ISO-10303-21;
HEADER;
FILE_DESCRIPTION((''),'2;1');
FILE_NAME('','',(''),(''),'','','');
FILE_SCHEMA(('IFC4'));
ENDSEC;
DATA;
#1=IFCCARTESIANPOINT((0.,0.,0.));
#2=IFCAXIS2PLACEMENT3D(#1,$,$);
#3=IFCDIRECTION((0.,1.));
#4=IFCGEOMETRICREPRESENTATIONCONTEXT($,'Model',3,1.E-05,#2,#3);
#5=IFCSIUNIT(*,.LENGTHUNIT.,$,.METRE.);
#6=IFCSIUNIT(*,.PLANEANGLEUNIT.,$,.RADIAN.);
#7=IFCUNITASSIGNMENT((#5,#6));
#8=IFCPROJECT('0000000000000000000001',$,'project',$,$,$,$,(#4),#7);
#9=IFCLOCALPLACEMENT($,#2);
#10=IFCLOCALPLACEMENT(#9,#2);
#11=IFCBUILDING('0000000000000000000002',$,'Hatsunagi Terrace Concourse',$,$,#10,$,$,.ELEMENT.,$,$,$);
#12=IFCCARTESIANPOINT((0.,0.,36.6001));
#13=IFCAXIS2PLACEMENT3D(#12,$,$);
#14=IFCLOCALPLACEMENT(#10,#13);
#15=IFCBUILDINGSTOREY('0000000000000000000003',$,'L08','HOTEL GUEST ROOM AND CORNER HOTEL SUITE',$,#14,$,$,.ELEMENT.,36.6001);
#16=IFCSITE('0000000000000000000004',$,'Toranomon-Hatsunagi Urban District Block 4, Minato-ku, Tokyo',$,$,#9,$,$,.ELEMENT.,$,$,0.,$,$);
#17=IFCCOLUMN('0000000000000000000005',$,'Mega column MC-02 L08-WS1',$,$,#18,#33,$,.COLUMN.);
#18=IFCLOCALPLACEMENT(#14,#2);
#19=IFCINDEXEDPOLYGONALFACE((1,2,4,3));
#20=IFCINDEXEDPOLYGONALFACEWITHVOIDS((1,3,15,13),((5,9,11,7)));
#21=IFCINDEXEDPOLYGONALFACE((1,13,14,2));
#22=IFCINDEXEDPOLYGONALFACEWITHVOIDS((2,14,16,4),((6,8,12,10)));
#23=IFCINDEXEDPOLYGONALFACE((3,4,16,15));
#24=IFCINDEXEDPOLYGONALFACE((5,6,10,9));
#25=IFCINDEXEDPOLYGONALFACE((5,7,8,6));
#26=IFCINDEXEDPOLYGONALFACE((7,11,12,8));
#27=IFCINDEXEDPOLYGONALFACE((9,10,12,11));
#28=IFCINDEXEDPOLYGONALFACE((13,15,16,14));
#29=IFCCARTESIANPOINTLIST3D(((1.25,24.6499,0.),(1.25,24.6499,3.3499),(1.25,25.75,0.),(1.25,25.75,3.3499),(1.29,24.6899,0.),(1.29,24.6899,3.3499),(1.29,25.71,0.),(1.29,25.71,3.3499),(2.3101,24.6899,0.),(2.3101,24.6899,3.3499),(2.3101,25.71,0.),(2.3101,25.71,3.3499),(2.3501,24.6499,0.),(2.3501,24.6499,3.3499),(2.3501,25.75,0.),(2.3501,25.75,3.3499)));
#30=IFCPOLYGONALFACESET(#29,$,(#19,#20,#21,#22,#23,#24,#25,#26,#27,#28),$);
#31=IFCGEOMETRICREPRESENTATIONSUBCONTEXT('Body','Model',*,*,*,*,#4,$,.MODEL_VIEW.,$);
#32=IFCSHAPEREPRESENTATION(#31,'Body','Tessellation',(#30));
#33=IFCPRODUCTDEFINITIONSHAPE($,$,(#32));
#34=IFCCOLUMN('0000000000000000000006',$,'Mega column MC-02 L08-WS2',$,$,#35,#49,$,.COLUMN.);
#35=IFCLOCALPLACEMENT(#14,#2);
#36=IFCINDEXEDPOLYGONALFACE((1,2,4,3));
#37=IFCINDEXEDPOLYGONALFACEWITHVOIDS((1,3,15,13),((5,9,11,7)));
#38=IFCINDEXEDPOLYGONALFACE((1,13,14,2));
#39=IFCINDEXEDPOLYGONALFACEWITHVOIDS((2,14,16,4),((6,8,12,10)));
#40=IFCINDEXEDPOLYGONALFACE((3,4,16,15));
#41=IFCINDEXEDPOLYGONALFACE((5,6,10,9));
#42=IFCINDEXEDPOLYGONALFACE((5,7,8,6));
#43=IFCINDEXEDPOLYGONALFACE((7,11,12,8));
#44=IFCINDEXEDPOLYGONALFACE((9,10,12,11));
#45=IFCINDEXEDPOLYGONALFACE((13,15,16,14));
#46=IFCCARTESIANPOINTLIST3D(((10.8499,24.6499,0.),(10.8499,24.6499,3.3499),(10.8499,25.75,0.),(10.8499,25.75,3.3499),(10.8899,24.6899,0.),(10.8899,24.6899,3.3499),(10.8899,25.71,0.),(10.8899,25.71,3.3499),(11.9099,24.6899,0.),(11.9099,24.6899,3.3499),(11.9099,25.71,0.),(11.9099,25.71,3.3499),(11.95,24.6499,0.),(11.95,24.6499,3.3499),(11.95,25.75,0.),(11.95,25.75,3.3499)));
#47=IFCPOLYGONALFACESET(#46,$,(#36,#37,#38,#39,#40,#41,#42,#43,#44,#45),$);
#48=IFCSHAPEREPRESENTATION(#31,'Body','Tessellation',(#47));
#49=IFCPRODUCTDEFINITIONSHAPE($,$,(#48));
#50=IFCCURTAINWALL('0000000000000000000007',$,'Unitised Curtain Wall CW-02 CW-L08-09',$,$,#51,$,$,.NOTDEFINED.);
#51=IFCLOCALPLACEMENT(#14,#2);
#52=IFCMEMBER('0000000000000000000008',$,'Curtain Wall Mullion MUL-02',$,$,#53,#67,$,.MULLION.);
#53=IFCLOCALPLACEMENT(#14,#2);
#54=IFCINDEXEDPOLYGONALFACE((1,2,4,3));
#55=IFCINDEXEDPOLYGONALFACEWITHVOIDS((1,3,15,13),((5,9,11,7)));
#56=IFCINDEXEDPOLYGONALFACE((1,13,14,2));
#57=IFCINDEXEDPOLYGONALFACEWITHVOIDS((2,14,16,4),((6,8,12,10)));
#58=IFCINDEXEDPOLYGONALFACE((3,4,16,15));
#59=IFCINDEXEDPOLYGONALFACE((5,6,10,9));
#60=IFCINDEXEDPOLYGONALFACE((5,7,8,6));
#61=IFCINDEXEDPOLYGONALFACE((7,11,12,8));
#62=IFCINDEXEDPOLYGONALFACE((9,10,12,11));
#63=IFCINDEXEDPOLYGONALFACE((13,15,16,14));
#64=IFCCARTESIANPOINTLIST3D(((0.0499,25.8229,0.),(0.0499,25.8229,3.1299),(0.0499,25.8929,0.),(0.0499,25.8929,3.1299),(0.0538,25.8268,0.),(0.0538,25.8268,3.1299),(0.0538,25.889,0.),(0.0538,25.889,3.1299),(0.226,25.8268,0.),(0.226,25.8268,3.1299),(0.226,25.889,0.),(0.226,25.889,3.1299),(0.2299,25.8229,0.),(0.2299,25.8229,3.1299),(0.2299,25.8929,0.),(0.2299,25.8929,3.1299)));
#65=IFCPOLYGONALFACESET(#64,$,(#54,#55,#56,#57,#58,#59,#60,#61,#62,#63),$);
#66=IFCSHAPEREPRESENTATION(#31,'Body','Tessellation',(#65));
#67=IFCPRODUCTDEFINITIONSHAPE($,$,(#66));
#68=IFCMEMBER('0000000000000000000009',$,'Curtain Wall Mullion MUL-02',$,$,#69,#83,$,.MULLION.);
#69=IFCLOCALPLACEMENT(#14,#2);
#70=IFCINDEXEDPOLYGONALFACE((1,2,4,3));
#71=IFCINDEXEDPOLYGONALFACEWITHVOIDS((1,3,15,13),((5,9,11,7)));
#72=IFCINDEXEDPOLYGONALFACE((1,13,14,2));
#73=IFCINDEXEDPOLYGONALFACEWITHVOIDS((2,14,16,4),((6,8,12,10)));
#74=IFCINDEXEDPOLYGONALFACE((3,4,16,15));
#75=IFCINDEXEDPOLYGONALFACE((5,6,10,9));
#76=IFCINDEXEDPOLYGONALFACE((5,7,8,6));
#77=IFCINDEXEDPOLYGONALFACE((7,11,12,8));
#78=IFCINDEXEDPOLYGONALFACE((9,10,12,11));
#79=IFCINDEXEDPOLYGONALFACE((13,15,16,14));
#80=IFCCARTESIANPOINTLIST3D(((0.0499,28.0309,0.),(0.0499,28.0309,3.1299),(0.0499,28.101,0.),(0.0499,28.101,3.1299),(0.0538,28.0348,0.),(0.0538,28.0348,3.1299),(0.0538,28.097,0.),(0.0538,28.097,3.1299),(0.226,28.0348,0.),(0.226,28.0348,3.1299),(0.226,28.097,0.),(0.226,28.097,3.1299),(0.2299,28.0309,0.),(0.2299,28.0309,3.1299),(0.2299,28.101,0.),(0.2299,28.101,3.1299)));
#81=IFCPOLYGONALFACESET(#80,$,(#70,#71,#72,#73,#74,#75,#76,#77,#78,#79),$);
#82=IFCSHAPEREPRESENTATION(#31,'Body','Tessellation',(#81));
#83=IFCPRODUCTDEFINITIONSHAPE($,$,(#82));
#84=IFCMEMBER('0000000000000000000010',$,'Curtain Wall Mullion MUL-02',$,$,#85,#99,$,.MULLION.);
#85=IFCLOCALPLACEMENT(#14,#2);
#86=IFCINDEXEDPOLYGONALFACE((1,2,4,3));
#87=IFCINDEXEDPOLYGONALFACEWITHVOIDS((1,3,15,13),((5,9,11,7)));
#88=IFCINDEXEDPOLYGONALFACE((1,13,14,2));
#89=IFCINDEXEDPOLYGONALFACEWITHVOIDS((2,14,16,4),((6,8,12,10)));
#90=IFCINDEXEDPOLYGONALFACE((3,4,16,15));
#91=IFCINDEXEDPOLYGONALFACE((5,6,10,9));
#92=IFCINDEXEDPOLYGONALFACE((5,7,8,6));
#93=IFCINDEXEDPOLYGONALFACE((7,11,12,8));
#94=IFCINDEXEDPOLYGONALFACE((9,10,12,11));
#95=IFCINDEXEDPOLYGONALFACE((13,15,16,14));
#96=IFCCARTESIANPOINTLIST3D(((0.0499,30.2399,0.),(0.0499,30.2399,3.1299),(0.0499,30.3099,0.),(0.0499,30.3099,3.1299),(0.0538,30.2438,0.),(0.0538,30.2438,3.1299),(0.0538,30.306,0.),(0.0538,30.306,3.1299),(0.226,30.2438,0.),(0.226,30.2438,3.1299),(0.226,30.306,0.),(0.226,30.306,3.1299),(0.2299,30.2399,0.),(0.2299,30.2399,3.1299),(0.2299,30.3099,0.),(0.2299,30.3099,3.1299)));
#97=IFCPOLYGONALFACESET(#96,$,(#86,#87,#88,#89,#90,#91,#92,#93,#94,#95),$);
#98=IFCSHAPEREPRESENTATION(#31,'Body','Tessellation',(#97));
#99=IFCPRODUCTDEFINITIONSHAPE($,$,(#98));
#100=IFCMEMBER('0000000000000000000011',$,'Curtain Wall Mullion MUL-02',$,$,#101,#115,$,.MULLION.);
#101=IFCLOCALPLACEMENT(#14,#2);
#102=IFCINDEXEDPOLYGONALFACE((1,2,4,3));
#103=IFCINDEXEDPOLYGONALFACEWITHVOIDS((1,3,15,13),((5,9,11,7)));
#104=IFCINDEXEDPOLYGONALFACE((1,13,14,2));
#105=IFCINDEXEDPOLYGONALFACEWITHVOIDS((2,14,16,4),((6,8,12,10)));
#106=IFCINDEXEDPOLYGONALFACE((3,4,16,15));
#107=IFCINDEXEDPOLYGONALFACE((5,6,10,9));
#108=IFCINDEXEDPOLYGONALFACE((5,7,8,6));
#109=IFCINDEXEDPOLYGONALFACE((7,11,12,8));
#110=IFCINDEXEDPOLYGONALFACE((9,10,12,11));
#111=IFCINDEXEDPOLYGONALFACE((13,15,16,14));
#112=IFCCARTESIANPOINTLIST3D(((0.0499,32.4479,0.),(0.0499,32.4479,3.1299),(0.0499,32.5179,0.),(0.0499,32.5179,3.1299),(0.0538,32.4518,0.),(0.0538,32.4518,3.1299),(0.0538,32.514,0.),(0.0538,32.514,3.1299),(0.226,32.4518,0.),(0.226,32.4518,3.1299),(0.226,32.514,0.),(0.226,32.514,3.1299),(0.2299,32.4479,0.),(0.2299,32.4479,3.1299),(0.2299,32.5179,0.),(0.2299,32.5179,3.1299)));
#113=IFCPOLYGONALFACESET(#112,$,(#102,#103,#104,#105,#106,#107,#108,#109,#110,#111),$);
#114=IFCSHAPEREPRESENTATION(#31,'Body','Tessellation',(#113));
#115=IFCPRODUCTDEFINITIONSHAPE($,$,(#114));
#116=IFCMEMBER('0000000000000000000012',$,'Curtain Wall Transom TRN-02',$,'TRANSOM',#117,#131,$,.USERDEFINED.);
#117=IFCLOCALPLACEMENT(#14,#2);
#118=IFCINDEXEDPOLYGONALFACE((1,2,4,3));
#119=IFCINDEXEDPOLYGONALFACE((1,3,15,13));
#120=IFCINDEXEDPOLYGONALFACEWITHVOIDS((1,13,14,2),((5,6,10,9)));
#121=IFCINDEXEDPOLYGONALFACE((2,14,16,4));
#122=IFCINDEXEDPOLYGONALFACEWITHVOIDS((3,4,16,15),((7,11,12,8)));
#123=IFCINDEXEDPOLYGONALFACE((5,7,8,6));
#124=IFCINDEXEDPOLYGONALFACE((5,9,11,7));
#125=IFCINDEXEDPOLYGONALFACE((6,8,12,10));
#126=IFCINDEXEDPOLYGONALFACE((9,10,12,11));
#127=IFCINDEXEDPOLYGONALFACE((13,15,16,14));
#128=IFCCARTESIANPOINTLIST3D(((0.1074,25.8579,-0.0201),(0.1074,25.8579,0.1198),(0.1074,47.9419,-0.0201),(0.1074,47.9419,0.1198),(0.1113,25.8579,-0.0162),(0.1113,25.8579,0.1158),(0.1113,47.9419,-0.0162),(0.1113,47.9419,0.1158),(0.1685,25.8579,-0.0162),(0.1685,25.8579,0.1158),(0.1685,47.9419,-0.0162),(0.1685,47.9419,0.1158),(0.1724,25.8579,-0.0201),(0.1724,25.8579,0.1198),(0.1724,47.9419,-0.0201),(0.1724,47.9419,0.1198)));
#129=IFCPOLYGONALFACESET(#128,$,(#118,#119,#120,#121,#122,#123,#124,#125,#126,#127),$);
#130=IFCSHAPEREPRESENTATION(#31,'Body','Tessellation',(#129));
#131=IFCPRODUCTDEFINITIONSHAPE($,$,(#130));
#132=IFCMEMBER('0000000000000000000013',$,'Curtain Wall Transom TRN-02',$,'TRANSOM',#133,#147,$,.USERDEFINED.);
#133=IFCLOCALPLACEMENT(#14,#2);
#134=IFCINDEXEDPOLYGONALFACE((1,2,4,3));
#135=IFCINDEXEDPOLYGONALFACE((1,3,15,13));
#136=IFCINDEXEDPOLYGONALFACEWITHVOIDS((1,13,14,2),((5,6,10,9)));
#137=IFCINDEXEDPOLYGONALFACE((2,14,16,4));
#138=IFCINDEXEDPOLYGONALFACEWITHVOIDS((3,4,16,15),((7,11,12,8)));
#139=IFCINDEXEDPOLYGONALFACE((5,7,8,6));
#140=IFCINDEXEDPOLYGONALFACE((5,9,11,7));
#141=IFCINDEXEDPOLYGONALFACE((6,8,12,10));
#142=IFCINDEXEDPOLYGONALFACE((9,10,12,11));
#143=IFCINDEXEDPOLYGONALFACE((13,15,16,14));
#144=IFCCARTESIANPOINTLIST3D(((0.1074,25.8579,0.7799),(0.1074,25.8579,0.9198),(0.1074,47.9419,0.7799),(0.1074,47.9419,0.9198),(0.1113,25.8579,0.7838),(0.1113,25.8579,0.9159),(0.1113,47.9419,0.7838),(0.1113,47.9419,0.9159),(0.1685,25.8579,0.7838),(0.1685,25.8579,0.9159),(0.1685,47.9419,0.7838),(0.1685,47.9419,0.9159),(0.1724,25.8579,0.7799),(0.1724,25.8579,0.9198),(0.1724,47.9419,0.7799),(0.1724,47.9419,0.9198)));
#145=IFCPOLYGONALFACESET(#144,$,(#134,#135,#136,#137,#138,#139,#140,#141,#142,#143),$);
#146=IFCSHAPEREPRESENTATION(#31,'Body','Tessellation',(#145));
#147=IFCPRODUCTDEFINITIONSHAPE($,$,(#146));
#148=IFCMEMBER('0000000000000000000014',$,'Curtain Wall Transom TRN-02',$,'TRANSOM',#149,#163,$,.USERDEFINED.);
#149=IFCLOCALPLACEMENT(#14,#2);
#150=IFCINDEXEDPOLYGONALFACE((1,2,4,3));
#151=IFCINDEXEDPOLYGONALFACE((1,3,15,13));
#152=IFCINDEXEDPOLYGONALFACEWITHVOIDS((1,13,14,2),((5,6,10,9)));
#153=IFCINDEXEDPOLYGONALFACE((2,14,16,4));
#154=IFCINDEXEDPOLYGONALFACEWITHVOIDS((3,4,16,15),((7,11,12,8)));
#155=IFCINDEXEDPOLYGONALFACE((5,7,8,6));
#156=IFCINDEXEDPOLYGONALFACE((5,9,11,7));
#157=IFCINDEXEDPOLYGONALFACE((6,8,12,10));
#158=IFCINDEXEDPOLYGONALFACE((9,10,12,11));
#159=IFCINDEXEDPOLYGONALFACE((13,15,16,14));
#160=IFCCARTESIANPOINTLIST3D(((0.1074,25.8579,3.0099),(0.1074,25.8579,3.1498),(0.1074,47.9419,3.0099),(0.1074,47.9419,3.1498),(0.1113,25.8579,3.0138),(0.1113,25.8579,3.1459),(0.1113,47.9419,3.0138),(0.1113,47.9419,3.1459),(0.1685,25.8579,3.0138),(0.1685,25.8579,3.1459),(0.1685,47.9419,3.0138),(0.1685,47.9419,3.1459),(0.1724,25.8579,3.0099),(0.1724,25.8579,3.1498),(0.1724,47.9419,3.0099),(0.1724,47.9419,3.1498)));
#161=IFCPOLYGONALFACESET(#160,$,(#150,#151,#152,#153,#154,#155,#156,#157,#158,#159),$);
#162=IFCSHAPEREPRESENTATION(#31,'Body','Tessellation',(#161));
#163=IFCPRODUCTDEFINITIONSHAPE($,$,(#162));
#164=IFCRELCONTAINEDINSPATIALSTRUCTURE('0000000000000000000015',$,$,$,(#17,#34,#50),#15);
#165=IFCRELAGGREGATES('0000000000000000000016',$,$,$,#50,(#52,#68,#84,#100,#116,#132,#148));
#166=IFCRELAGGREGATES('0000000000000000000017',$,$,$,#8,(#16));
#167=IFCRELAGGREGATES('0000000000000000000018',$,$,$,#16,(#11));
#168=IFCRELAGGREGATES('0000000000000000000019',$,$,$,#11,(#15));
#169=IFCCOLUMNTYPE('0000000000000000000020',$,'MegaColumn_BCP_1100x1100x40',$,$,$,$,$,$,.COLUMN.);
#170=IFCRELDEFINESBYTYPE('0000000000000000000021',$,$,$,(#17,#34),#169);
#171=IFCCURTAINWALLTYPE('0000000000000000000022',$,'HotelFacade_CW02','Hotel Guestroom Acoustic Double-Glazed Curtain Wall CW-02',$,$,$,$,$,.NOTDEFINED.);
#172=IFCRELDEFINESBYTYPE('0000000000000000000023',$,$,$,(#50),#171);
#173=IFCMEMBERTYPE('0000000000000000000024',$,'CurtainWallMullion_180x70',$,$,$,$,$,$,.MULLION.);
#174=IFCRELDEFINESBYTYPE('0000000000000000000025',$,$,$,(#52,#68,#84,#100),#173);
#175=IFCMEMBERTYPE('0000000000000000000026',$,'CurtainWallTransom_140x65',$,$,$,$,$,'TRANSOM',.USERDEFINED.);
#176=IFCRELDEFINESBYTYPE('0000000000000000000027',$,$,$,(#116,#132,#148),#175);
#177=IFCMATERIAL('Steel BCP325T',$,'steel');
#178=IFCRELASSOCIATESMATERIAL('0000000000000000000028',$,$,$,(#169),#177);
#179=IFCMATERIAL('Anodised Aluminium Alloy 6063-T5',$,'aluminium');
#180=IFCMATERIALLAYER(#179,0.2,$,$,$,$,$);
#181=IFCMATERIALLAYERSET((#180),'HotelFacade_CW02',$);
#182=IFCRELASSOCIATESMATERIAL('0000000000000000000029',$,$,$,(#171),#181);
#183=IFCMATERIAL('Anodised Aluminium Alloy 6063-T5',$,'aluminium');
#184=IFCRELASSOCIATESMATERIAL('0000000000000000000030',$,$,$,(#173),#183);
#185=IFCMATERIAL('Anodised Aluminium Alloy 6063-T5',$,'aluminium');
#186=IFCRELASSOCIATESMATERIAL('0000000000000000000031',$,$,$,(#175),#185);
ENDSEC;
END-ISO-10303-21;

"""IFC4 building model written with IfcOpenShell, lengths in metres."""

from ifc_helpers import new_model, si_unit, direction, frame, origin, origin_2d, place, context, subcontext, project, spatial, hollow_rectangle, extrude, material, layer, layer_set, material_profile, profile_set, type_object, element, aggregate, save


model = new_model("IFC4")

# Units and contexts
model_context = context("Model", 3, precision=1e-05, world=origin(), true_north=direction((0.0, 1.0)))
body_context = subcontext(model_context, "Body", "Model", "MODEL_VIEW")
ifc_project = project(units=[si_unit("LENGTHUNIT", "METRE"), si_unit("PLANEANGLEUNIT", "RADIAN")], contexts=[model_context])

# Site, building, storey
site_placement = place(None, origin())
site = spatial("IfcSite", under=ifc_project, at=site_placement, Name="Toranomon-Hatsunagi Urban District Block 4, Minato-ku, Tokyo", CompositionType="ELEMENT", RefElevation=0.0)
building_placement = place(site_placement, origin())
building = spatial("IfcBuilding", under=site, at=building_placement, Name="Hatsunagi Terrace Concourse", CompositionType="ELEMENT")
storey_placement = place(building_placement, frame((0.0, 0.0, 36.6001)))
storey = spatial("IfcBuildingStorey", under=building, at=storey_placement, Name="L08", Description="HOTEL GUEST ROOM AND CORNER HOTEL SUITE", CompositionType="ELEMENT", Elevation=36.6001)

# Columns
ifc_material_1 = material(Name="Steel BCP325T", Category="steel")
ifc_material_profile_1 = material_profile(ifc_material_1, hollow_rectangle(XDim=1.1001, YDim=1.1001, WallThickness=0.04, at=origin_2d()), Name="BCP-1100x1100x40")
ifc_profile_set_1 = profile_set([ifc_material_profile_1], Name="Steel BCP325T")
column_type = type_object("IfcColumnType", Name="MegaColumn_BCP_1100x1100x40", PredefinedType="COLUMN", material=ifc_profile_set_1)
for number, where, z_axis, x_axis, name in (
    (1, (1.8, 25.2, 0.0), (0.0, 0.0, 1.0), (1.0, 0.0, 0.0), "Mega column MC-02 L08-WS1"),
    (2, (11.3999, 25.2, 0.0), (0.0, 0.0, 1.0), (1.0, 0.0, 0.0), "Mega column MC-02 L08-WS2"),
):
    element("IfcColumn", number, at=place(storey_placement, frame(where, z_axis=z_axis, x_axis=x_axis)), inside=storey, type_object=column_type, Name=name, PredefinedType="COLUMN", context=body_context, shape_type="SweptSolid", body=[
        extrude(hollow_rectangle(XDim=1.1001, YDim=1.1001, WallThickness=0.04, at=origin_2d()), origin(), (0.0, 0.0, 1.0), 3.3499),
    ])

# Curtain wall, members
ifc_material_2 = material(Name="Anodised Aluminium Alloy 6063-T5", Category="aluminium")
ifc_layer_1 = layer(ifc_material_2, 0.2)
ifc_layer_set_1 = layer_set([ifc_layer_1], Name="HotelFacade_CW02")
curtain_wall_type = type_object("IfcCurtainWallType", Name="HotelFacade_CW02", Description="Hotel Guestroom Acoustic Double-Glazed Curtain Wall CW-02", PredefinedType="NOTDEFINED", material=ifc_layer_set_1)
curtain_wall_placement = place(storey_placement, origin())
curtain_wall = element("IfcCurtainWall", 3, at=curtain_wall_placement, inside=storey, type_object=curtain_wall_type, Name="Unitised Curtain Wall CW-02 CW-L08-09", PredefinedType="NOTDEFINED")
ifc_material_3 = material(Name="Anodised Aluminium Alloy 6063-T5", Category="aluminium")
ifc_material_profile_2 = material_profile(ifc_material_3, hollow_rectangle(XDim=0.0701, YDim=0.1799, WallThickness=0.0039, at=origin_2d()), Name="ALU-MUL-180x70x4")
ifc_profile_set_2 = profile_set([ifc_material_profile_2], Name="Anodised Aluminium Alloy 6063-T5")
member_type_1 = type_object("IfcMemberType", Name="CurtainWallMullion_180x70", PredefinedType="MULLION", material=ifc_profile_set_2)
member_1_placement = place(storey_placement, frame((0.1399, 25.8579, 0.0), z_axis=(0.0, 0.0, 1.0), x_axis=(0.0, 1.0, 0.0)))
member_1 = element("IfcMember", 4, at=member_1_placement, type_object=member_type_1, Name="Curtain Wall Mullion MUL-02", PredefinedType="MULLION", context=body_context, shape_type="SweptSolid", body=[
    extrude(hollow_rectangle(XDim=0.0701, YDim=0.1799, WallThickness=0.0039, at=origin_2d()), origin(), (0.0, 0.0, 1.0), 3.1299),
])
member_2_placement = place(storey_placement, frame((0.1399, 28.0659, 0.0), z_axis=(0.0, 0.0, 1.0), x_axis=(0.0, 1.0, 0.0)))
member_2 = element("IfcMember", 5, at=member_2_placement, type_object=member_type_1, Name="Curtain Wall Mullion MUL-02", PredefinedType="MULLION", context=body_context, shape_type="SweptSolid", body=[
    extrude(hollow_rectangle(XDim=0.0701, YDim=0.1799, WallThickness=0.0039, at=origin_2d()), origin(), (0.0, 0.0, 1.0), 3.1299),
])
member_3_placement = place(storey_placement, frame((0.1399, 30.2749, 0.0), z_axis=(0.0, 0.0, 1.0), x_axis=(0.0, 1.0, 0.0)))
member_3 = element("IfcMember", 6, at=member_3_placement, type_object=member_type_1, Name="Curtain Wall Mullion MUL-02", PredefinedType="MULLION", context=body_context, shape_type="SweptSolid", body=[
    extrude(hollow_rectangle(XDim=0.0701, YDim=0.1799, WallThickness=0.0039, at=origin_2d()), origin(), (0.0, 0.0, 1.0), 3.1299),
])
member_4_placement = place(storey_placement, frame((0.1399, 32.4829, 0.0), z_axis=(0.0, 0.0, 1.0), x_axis=(0.0, 1.0, 0.0)))
member_4 = element("IfcMember", 7, at=member_4_placement, type_object=member_type_1, Name="Curtain Wall Mullion MUL-02", PredefinedType="MULLION", context=body_context, shape_type="SweptSolid", body=[
    extrude(hollow_rectangle(XDim=0.0701, YDim=0.1799, WallThickness=0.0039, at=origin_2d()), origin(), (0.0, 0.0, 1.0), 3.1299),
])
ifc_material_4 = material(Name="Anodised Aluminium Alloy 6063-T5", Category="aluminium")
ifc_material_profile_3 = material_profile(ifc_material_4, hollow_rectangle(XDim=0.0649, YDim=0.1399, WallThickness=0.0039, at=origin_2d()), Name="ALU-TRN-140x65x4")
ifc_profile_set_3 = profile_set([ifc_material_profile_3], Name="Anodised Aluminium Alloy 6063-T5")
member_type_2 = type_object("IfcMemberType", Name="CurtainWallTransom_140x65", ElementType="TRANSOM", PredefinedType="USERDEFINED", material=ifc_profile_set_3)
member_5_placement = place(storey_placement, frame((0.1399, 25.8579, 0.0498), z_axis=(0.0, 1.0, 0.0), x_axis=(-1.0, 0.0, 0.0)))
member_5 = element("IfcMember", 8, at=member_5_placement, type_object=member_type_2, Name="Curtain Wall Transom TRN-02", ObjectType="TRANSOM", PredefinedType="USERDEFINED", context=body_context, shape_type="SweptSolid", body=[
    extrude(hollow_rectangle(XDim=0.0649, YDim=0.1399, WallThickness=0.0039, at=origin_2d()), origin(), (0.0, 0.0, 1.0), 22.084),
])
member_6_placement = place(storey_placement, frame((0.1399, 25.8579, 0.8499), z_axis=(0.0, 1.0, 0.0), x_axis=(-1.0, 0.0, 0.0)))
member_6 = element("IfcMember", 9, at=member_6_placement, type_object=member_type_2, Name="Curtain Wall Transom TRN-02", ObjectType="TRANSOM", PredefinedType="USERDEFINED", context=body_context, shape_type="SweptSolid", body=[
    extrude(hollow_rectangle(XDim=0.0649, YDim=0.1399, WallThickness=0.0039, at=origin_2d()), origin(), (0.0, 0.0, 1.0), 22.084),
])
member_7_placement = place(storey_placement, frame((0.1399, 25.8579, 3.0798), z_axis=(0.0, 1.0, 0.0), x_axis=(-1.0, 0.0, 0.0)))
member_7 = element("IfcMember", 10, at=member_7_placement, type_object=member_type_2, Name="Curtain Wall Transom TRN-02", ObjectType="TRANSOM", PredefinedType="USERDEFINED", context=body_context, shape_type="SweptSolid", body=[
    extrude(hollow_rectangle(XDim=0.0649, YDim=0.1399, WallThickness=0.0039, at=origin_2d()), origin(), (0.0, 0.0, 1.0), 22.084),
])

aggregate(curtain_wall, [member_1, member_2, member_3, member_4, member_5, member_6, member_7])

save(model, "model.ifc")
